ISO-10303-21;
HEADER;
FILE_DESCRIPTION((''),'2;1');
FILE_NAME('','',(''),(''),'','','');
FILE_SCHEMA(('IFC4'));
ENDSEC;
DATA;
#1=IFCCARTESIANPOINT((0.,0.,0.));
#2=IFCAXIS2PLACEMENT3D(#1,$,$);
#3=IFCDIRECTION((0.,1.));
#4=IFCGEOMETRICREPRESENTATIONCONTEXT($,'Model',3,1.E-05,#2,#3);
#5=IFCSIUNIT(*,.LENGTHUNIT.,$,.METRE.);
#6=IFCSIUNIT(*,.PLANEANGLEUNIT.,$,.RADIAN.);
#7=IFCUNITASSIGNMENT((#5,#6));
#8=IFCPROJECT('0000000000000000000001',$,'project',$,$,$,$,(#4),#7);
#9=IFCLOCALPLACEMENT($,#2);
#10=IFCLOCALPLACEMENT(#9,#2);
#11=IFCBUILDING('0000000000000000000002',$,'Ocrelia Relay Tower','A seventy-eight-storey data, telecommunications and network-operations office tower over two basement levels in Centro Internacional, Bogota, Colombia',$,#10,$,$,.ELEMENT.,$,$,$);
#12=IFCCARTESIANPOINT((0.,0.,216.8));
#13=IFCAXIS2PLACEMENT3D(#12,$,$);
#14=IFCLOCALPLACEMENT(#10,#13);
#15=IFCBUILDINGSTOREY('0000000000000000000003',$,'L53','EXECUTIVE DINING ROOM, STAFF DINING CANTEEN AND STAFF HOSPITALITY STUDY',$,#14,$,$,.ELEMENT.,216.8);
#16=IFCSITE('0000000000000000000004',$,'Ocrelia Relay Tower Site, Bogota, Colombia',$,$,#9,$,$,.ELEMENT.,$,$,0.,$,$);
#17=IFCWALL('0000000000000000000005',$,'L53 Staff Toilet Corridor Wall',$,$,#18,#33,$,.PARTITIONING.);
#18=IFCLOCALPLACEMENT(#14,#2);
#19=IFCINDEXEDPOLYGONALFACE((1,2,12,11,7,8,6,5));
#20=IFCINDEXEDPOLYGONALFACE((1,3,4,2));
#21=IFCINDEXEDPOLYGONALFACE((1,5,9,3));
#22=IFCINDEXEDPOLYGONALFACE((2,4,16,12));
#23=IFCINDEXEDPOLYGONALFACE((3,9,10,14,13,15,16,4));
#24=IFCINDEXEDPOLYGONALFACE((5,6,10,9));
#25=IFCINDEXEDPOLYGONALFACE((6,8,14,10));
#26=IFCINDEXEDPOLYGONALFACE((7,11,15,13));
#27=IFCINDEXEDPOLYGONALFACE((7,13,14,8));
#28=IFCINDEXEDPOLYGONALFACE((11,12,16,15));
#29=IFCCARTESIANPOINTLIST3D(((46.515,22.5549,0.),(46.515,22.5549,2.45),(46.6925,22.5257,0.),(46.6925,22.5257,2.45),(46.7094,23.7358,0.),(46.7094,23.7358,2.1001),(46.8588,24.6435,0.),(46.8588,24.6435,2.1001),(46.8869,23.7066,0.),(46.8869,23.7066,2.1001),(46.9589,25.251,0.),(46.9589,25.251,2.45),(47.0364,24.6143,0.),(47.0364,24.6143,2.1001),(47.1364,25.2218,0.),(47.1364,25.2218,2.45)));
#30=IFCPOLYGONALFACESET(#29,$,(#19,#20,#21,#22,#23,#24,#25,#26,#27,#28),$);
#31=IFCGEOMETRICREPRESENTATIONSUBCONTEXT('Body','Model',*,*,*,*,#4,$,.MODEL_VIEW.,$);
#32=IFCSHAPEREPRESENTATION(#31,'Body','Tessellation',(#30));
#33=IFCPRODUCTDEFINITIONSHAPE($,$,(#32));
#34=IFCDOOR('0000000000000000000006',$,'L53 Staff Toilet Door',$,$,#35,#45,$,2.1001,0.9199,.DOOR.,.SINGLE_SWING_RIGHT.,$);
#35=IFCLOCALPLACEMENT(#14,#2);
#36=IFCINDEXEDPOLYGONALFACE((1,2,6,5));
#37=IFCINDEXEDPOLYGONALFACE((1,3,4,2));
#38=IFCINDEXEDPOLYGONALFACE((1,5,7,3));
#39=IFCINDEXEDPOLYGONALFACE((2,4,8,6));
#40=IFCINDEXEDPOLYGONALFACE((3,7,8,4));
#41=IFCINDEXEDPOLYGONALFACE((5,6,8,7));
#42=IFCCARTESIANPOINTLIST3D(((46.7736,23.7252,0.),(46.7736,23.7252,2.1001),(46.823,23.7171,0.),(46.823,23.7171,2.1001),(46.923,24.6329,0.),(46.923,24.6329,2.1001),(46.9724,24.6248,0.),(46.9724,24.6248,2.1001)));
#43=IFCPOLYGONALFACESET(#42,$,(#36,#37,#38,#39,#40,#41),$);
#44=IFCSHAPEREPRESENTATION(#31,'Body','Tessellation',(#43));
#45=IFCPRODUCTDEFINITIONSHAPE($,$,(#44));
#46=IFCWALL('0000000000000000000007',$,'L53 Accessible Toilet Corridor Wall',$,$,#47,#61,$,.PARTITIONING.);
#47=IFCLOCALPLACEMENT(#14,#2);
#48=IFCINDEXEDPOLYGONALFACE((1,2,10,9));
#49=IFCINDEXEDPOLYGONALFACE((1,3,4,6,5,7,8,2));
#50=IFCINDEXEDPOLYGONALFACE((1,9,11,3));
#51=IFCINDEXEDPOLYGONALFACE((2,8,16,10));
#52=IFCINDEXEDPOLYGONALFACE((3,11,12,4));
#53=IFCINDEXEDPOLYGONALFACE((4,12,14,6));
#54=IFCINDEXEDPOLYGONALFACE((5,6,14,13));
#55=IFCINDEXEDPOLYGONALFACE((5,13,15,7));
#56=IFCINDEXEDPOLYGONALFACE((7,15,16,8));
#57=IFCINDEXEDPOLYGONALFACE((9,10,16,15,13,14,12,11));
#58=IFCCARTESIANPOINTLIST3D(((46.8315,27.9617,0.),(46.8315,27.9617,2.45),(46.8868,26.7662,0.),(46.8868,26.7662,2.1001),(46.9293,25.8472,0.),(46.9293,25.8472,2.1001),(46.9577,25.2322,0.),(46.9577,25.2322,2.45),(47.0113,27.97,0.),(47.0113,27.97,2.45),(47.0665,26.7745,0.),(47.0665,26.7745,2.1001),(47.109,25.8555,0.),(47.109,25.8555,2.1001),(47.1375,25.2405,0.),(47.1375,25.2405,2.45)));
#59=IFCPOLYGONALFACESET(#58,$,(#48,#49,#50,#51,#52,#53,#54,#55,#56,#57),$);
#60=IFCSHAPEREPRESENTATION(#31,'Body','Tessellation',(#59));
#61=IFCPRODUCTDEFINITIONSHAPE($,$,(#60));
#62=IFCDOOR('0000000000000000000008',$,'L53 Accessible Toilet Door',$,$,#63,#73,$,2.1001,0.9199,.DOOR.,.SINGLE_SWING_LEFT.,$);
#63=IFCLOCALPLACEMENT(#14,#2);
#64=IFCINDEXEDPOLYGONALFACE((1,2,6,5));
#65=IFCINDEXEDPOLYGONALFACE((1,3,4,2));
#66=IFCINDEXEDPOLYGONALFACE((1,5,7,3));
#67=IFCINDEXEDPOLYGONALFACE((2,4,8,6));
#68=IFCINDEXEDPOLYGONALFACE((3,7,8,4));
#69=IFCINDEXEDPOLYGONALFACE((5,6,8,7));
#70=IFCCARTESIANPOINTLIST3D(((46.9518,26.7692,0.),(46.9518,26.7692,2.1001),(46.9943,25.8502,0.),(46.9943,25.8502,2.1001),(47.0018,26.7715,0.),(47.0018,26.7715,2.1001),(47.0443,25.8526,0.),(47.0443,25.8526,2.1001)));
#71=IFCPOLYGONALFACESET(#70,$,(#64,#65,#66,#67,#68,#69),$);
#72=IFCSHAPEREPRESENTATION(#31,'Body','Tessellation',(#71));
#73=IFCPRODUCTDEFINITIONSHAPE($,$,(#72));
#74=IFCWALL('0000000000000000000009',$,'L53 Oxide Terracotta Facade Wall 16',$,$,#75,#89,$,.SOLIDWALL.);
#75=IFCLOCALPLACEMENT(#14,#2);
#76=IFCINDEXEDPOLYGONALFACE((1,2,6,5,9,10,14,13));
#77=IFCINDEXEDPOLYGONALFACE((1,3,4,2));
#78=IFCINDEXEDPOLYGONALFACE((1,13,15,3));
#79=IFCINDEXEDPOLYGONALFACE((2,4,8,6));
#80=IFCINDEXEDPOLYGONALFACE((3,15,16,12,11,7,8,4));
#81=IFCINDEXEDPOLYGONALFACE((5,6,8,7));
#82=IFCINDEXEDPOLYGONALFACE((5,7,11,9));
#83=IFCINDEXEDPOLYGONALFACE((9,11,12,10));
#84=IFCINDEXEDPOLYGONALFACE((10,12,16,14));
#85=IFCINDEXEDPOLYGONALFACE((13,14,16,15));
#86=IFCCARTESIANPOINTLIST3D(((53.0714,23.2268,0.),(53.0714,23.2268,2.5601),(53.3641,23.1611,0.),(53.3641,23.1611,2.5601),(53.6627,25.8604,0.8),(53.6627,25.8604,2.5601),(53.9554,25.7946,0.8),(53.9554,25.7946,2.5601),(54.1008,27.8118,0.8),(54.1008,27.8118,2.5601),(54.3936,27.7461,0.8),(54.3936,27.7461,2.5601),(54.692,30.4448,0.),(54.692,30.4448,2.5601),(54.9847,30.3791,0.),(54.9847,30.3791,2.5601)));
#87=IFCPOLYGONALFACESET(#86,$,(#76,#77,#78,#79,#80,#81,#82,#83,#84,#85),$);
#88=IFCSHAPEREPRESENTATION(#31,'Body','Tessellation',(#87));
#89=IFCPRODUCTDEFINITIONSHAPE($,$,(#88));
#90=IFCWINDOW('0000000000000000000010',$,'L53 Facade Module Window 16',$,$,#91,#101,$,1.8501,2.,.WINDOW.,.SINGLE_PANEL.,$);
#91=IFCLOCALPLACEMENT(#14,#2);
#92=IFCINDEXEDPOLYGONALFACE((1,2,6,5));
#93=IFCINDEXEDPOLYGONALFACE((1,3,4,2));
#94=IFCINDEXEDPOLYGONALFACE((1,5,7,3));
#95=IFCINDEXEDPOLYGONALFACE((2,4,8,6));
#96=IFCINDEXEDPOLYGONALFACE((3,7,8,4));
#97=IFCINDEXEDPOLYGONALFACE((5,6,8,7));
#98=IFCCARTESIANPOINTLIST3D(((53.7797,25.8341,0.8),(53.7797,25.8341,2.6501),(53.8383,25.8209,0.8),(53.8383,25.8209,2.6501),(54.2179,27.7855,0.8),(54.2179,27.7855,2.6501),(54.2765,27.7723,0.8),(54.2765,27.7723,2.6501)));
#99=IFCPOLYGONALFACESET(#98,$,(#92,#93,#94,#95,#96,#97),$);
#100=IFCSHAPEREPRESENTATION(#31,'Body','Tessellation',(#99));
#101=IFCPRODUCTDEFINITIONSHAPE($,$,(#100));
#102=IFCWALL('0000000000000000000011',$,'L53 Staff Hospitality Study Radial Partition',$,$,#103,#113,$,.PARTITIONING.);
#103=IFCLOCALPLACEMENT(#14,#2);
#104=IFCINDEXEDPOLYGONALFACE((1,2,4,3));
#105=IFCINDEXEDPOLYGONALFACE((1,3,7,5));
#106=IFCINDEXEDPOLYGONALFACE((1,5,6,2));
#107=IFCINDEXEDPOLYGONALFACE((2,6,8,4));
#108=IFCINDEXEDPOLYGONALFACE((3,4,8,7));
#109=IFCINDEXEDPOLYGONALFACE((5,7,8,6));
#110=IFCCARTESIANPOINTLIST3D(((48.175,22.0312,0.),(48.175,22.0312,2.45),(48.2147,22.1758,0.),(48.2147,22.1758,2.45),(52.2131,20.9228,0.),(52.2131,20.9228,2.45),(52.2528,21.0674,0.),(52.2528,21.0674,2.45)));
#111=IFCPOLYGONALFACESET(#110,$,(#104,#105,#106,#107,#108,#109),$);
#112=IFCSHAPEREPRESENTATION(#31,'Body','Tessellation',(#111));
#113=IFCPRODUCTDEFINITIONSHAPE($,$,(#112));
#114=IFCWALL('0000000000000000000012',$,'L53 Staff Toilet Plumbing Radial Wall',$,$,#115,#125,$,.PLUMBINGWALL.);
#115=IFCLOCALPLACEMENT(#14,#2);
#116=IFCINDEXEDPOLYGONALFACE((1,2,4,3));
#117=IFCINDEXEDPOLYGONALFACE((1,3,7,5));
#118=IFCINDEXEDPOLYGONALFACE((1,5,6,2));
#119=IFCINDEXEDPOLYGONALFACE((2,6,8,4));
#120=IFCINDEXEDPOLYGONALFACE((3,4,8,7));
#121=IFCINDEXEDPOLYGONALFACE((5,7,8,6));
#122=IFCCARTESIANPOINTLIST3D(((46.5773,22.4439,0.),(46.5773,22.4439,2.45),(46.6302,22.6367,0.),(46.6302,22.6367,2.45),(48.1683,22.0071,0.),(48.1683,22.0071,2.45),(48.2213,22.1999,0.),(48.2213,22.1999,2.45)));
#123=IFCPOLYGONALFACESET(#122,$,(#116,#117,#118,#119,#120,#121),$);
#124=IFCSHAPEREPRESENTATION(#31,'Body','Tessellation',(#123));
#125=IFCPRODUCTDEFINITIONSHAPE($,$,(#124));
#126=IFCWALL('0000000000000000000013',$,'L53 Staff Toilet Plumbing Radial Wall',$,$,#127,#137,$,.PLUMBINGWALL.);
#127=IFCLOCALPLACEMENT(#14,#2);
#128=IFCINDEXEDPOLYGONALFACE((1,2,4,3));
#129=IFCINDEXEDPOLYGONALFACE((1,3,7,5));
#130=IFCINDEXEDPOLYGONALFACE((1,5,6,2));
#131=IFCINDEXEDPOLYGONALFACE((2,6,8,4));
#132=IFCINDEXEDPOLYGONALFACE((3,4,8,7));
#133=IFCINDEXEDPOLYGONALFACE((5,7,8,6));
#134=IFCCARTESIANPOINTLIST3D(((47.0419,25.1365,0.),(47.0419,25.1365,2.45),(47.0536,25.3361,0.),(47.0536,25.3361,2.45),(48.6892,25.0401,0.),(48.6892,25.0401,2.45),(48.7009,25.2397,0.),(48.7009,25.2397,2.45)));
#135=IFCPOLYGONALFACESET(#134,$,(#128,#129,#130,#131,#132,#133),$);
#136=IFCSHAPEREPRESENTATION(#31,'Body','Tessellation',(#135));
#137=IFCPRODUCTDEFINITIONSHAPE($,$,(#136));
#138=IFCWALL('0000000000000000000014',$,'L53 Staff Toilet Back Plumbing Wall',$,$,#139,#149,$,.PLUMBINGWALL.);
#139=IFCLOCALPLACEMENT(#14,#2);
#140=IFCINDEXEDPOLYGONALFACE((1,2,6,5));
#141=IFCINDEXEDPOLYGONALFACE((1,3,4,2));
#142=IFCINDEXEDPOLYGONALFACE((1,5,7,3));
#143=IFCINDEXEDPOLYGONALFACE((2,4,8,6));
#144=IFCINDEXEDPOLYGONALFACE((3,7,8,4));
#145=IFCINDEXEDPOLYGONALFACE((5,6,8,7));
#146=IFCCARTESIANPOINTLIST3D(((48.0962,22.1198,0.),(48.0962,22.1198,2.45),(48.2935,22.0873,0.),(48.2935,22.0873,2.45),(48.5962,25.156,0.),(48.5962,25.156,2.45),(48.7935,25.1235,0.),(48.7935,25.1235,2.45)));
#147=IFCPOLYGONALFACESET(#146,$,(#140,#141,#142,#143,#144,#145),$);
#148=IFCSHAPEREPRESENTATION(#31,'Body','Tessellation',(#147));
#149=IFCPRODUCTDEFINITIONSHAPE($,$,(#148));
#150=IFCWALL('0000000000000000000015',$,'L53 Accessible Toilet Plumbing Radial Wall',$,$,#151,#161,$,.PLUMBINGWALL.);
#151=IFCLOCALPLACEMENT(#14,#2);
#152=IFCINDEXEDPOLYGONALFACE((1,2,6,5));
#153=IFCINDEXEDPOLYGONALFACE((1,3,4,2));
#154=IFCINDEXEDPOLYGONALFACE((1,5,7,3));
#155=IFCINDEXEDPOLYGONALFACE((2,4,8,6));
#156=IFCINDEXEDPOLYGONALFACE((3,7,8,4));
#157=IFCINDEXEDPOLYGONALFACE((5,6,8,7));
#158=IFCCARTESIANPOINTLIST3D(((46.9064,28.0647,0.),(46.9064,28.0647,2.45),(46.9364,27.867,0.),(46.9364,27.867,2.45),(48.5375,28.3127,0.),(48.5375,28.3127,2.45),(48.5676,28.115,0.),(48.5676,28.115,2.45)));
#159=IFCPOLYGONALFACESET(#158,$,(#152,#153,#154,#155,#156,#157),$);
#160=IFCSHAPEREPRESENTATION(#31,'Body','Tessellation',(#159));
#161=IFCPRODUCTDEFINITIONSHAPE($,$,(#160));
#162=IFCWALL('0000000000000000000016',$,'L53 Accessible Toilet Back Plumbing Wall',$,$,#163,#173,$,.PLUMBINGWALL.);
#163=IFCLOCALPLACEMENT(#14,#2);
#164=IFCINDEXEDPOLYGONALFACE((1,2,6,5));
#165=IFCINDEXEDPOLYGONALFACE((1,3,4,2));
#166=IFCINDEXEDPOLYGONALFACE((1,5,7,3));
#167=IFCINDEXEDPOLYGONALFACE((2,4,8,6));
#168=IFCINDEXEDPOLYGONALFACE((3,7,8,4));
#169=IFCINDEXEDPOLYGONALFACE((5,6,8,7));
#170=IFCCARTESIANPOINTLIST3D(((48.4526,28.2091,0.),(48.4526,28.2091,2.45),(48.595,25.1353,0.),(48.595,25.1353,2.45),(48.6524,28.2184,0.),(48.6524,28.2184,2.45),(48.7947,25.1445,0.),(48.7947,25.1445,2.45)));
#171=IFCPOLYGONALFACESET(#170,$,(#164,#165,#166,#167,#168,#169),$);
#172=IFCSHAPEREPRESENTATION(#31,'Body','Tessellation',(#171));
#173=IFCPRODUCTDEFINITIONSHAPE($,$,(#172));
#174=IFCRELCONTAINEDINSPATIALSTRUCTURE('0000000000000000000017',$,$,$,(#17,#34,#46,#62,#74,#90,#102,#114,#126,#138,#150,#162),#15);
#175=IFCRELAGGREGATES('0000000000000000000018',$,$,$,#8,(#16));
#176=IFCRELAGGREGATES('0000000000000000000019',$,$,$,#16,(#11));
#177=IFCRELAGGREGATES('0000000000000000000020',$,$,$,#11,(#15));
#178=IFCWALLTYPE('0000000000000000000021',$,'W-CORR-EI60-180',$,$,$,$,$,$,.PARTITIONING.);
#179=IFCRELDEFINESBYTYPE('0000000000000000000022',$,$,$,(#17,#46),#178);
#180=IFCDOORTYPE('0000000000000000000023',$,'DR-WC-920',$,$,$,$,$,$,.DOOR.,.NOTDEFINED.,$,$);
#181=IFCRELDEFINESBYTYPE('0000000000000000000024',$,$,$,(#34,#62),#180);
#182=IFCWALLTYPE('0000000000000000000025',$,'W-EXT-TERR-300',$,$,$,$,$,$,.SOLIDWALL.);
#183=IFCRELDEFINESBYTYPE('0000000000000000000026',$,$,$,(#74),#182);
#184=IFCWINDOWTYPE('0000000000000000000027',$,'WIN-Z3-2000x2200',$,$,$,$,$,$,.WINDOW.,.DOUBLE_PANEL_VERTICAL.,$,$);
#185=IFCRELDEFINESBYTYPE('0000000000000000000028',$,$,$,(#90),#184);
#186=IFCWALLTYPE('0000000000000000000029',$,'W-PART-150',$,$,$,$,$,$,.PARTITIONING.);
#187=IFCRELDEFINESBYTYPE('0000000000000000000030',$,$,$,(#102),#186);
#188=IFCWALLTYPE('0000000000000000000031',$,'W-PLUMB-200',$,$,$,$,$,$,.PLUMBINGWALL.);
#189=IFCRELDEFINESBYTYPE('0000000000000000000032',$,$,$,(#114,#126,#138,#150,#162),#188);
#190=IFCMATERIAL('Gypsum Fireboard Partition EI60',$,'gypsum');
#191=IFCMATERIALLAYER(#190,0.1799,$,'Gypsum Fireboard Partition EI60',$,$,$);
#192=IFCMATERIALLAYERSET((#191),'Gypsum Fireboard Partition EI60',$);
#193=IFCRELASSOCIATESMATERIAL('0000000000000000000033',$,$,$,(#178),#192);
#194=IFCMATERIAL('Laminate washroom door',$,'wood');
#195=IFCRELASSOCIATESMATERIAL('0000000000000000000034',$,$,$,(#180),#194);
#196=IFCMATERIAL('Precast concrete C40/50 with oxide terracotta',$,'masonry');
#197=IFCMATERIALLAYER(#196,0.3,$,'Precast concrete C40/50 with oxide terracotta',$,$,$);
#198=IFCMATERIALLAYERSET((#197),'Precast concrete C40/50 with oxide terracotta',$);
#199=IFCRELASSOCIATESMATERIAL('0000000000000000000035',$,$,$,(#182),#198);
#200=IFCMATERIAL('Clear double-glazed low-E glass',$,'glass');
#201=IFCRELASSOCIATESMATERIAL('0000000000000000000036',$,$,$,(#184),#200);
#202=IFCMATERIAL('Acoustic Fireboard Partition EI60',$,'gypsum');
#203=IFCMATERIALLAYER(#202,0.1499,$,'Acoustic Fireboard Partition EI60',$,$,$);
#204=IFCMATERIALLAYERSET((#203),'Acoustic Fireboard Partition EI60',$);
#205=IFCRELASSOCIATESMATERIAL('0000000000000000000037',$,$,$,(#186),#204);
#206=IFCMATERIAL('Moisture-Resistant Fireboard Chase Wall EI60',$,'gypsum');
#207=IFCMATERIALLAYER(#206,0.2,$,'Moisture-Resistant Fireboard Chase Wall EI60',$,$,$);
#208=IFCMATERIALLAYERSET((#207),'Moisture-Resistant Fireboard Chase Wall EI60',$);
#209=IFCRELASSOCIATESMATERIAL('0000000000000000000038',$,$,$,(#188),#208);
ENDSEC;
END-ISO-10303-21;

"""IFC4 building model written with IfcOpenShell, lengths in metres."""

from ifc_helpers import new_model, si_unit, direction, frame, frame_2d, origin, place, context, subcontext, project, spatial, rectangle, extrude, material, layer, layer_set, type_object, element, fill, save


model = new_model("IFC4")

# Units and contexts
model_context = context("Model", 3, precision=1e-05, world=origin(), true_north=direction((0.0, 1.0)))
body_context = subcontext(model_context, "Body", "Model", "MODEL_VIEW")
ifc_project = project(units=[si_unit("LENGTHUNIT", "METRE"), si_unit("PLANEANGLEUNIT", "RADIAN")], contexts=[model_context])

# Site, building, storey
site_placement = place(None, origin())
site = spatial("IfcSite", under=ifc_project, at=site_placement, Name="Ocrelia Relay Tower Site, Bogota, Colombia", CompositionType="ELEMENT", RefElevation=0.0)
building_placement = place(site_placement, origin())
building = spatial("IfcBuilding", under=site, at=building_placement, Name="Ocrelia Relay Tower", Description="A seventy-eight-storey data, telecommunications and network-operations office tower over two basement levels in Centro Internacional, Bogota, Colombia", CompositionType="ELEMENT")
storey_placement = place(building_placement, frame((0.0, 0.0, 216.8)))
storey = spatial("IfcBuildingStorey", under=building, at=storey_placement, Name="L53", Description="EXECUTIVE DINING ROOM, STAFF DINING CANTEEN AND STAFF HOSPITALITY STUDY", CompositionType="ELEMENT", Elevation=216.8)

# Walls, openings, doors
ifc_material_1 = material(Name="Gypsum Fireboard Partition EI60", Category="gypsum")
ifc_layer_1 = layer(ifc_material_1, 0.1799, Name="Gypsum Fireboard Partition EI60")
ifc_layer_set_1 = layer_set([ifc_layer_1], Name="Gypsum Fireboard Partition EI60")
wall_type_1 = type_object("IfcWallType", Name="W-CORR-EI60-180", PredefinedType="PARTITIONING", material=ifc_layer_set_1)
wall_1_placement = place(storey_placement, frame((46.6038, 22.5403, 0.0), z_axis=(0.0, 0.0, 1.0), x_axis=(0.162443, 0.986718, 0.0)))
wall_1 = element("IfcWall", 1, at=wall_1_placement, inside=storey, type_object=wall_type_1, Name="L53 Staff Toilet Corridor Wall", PredefinedType="PARTITIONING", context=body_context, shape_type="SweptSolid", body=[
    extrude(rectangle(XDim=2.7324, YDim=0.1799, at=frame_2d((1.3662, 0.0))), origin(), (0.0, 0.0, 1.0), 2.45),
])
opening_1_placement = place(wall_1_placement, frame((1.1968, 0.0, 0.0)))
opening_1 = element("IfcOpeningElement", 2, at=opening_1_placement, cuts=wall_1, PredefinedType="OPENING", context=body_context, shape_type="SweptSolid", body=[
    extrude(rectangle(XDim=0.9199, YDim=2.1001, at=frame_2d((0.46, 1.05))), frame((0.0, 0.1001, 0.0), z_axis=(0.0, -1.0, 0.0), x_axis=(1.0, 0.0, 0.0)), (0.0, 0.0, 1.0), 0.2),
])
ifc_material_2 = material(Name="Laminate washroom door", Category="wood")
door_type_1 = type_object("IfcDoorType", Name="DR-WC-920", OperationType="NOTDEFINED", PredefinedType="DOOR", material=ifc_material_2)
door_1_placement = place(opening_1_placement, origin())
door_1 = element("IfcDoor", 3, at=door_1_placement, inside=storey, type_object=door_type_1, Name="L53 Staff Toilet Door", OperationType="SINGLE_SWING_RIGHT", OverallHeight=2.1001, OverallWidth=0.9199, PredefinedType="DOOR", context=body_context, shape_type="SweptSolid", body=[
    extrude(rectangle(XDim=0.9199, YDim=2.1001, at=frame_2d((0.46, 1.05))), frame((0.0, 0.0249, 0.0), z_axis=(0.0, -1.0, 0.0), x_axis=(1.0, 0.0, 0.0)), (0.0, 0.0, 1.0), 0.05),
])
fill(opening_1, door_1)
wall_2_placement = place(storey_placement, frame((47.0476, 25.2363, 0.0), z_axis=(0.0, 0.0, 1.0), x_axis=(-0.046194, 0.998932, 0.0)))
wall_2 = element("IfcWall", 4, at=wall_2_placement, inside=storey, type_object=wall_type_1, Name="L53 Accessible Toilet Corridor Wall", PredefinedType="PARTITIONING", context=body_context, shape_type="SweptSolid", body=[
    extrude(rectangle(XDim=2.7324, YDim=0.1799, at=frame_2d((1.3662, 0.0))), origin(), (0.0, 0.0, 1.0), 2.45),
])
opening_2_placement = place(wall_2_placement, frame((0.6157, 0.0, 0.0)))
opening_2 = element("IfcOpeningElement", 5, at=opening_2_placement, cuts=wall_2, PredefinedType="OPENING", context=body_context, shape_type="SweptSolid", body=[
    extrude(rectangle(XDim=0.9199, YDim=2.1001, at=frame_2d((0.46, 1.05))), frame((0.0, 0.1001, 0.0), z_axis=(0.0, -1.0, 0.0), x_axis=(1.0, 0.0, 0.0)), (0.0, 0.0, 1.0), 0.2),
])
door_2_placement = place(opening_2_placement, origin())
door_2 = element("IfcDoor", 6, at=door_2_placement, inside=storey, type_object=door_type_1, Name="L53 Accessible Toilet Door", OperationType="SINGLE_SWING_LEFT", OverallHeight=2.1001, OverallWidth=0.9199, PredefinedType="DOOR", context=body_context, shape_type="SweptSolid", body=[
    extrude(rectangle(XDim=0.9199, YDim=2.1001, at=frame_2d((0.46, 1.05))), frame((0.0, 0.0249, 0.0), z_axis=(0.0, -1.0, 0.0), x_axis=(1.0, 0.0, 0.0)), (0.0, 0.0, 1.0), 0.05),
])
fill(opening_2, door_2)

# Wall, opening, window
ifc_material_3 = material(Name="Precast concrete C40/50 with oxide terracotta", Category="masonry")
ifc_layer_2 = layer(ifc_material_3, 0.3, Name="Precast concrete C40/50 with oxide terracotta")
ifc_layer_set_2 = layer_set([ifc_layer_2], Name="Precast concrete C40/50 with oxide terracotta")
wall_type_2 = type_object("IfcWallType", Name="W-EXT-TERR-300", PredefinedType="SOLIDWALL", material=ifc_layer_set_2)
wall_3_placement = place(storey_placement, frame((53.2178, 23.1941, 0.0), z_axis=(0.0, 0.0, 1.0), x_axis=(0.219068, 0.975709, 0.0)))
wall_3 = element("IfcWall", 7, at=wall_3_placement, inside=storey, type_object=wall_type_2, Name="L53 Oxide Terracotta Facade Wall 16", PredefinedType="SOLIDWALL", context=body_context, shape_type="SweptSolid", body=[
    extrude(rectangle(XDim=7.3977, YDim=0.3, at=frame_2d((3.6987, 0.0))), origin(), (0.0, 0.0, 1.0), 2.5601),
])
opening_3_placement = place(wall_3_placement, frame((2.699, 0.0, 0.8)))
opening_3 = element("IfcOpeningElement", 8, at=opening_3_placement, cuts=wall_3, PredefinedType="OPENING", context=body_context, shape_type="SweptSolid", body=[
    extrude(rectangle(XDim=2.0, YDim=1.8501, at=frame_2d((1.0, 0.925))), frame((0.0, 0.1602, 0.0), z_axis=(0.0, -1.0, 0.0), x_axis=(1.0, 0.0, 0.0)), (0.0, 0.0, 1.0), 0.3201),
])
ifc_material_4 = material(Name="Clear double-glazed low-E glass", Category="glass")
window_type = type_object("IfcWindowType", Name="WIN-Z3-2000x2200", PartitioningType="DOUBLE_PANEL_VERTICAL", PredefinedType="WINDOW", material=ifc_material_4)
window_placement = place(opening_3_placement, origin())
window = element("IfcWindow", 9, at=window_placement, inside=storey, type_object=window_type, Name="L53 Facade Module Window 16", OverallHeight=1.8501, OverallWidth=2.0, PartitioningType="SINGLE_PANEL", PredefinedType="WINDOW", context=body_context, shape_type="SweptSolid", body=[
    extrude(rectangle(XDim=2.0, YDim=1.8501, at=frame_2d((1.0, 0.925))), frame((0.0, 0.03, 0.0), z_axis=(0.0, -1.0, 0.0), x_axis=(1.0, 0.0, 0.0)), (0.0, 0.0, 1.0), 0.0601),
])
fill(opening_3, window)

# Walls
ifc_material_5 = material(Name="Acoustic Fireboard Partition EI60", Category="gypsum")
ifc_layer_3 = layer(ifc_material_5, 0.1499, Name="Acoustic Fireboard Partition EI60")
ifc_layer_set_3 = layer_set([ifc_layer_3], Name="Acoustic Fireboard Partition EI60")
wall_type_3 = type_object("IfcWallType", Name="W-PART-150", PredefinedType="PARTITIONING", material=ifc_layer_set_3)
wall_4_placement = place(storey_placement, frame((48.1948, 22.1035, 0.0), z_axis=(0.0, 0.0, 1.0), x_axis=(0.964332, -0.264696, 0.0)))
element("IfcWall", 10, at=wall_4_placement, inside=storey, type_object=wall_type_3, Name="L53 Staff Hospitality Study Radial Partition", PredefinedType="PARTITIONING", context=body_context, shape_type="SweptSolid", body=[
    extrude(rectangle(XDim=4.1875, YDim=0.1499, at=frame_2d((2.0938, 0.0))), origin(), (0.0, 0.0, 1.0), 2.45),
])
ifc_material_6 = material(Name="Moisture-Resistant Fireboard Chase Wall EI60", Category="gypsum")
ifc_layer_4 = layer(ifc_material_6, 0.2, Name="Moisture-Resistant Fireboard Chase Wall EI60")
ifc_layer_set_4 = layer_set([ifc_layer_4], Name="Moisture-Resistant Fireboard Chase Wall EI60")
wall_type_4 = type_object("IfcWallType", Name="W-PLUMB-200", PredefinedType="PLUMBINGWALL", material=ifc_layer_set_4)
wall_5_placement = place(storey_placement, frame((46.6038, 22.5403, 0.0), z_axis=(0.0, 0.0, 1.0), x_axis=(0.964325, -0.26472, 0.0)))
element("IfcWall", 11, at=wall_5_placement, inside=storey, type_object=wall_type_4, Name="L53 Staff Toilet Plumbing Radial Wall", PredefinedType="PLUMBINGWALL", context=body_context, shape_type="SweptSolid", body=[
    extrude(rectangle(XDim=1.6499, YDim=0.2, at=frame_2d((0.825, 0.0))), origin(), (0.0, 0.0, 1.0), 2.45),
])
wall_6_placement = place(storey_placement, frame((47.0476, 25.2363, 0.0), z_axis=(0.0, 0.0, 1.0), x_axis=(0.998291, -0.058444, 0.0)))
element("IfcWall", 12, at=wall_6_placement, inside=storey, type_object=wall_type_4, Name="L53 Staff Toilet Plumbing Radial Wall", PredefinedType="PLUMBINGWALL", context=body_context, shape_type="SweptSolid", body=[
    extrude(rectangle(XDim=1.6501, YDim=0.2, at=frame_2d((0.8252, 0.0))), origin(), (0.0, 0.0, 1.0), 2.45),
])
wall_7_placement = place(storey_placement, frame((48.1948, 22.1035, 0.0), z_axis=(0.0, 0.0, 1.0), x_axis=(0.162482, 0.986712, 0.0)))
element("IfcWall", 13, at=wall_7_placement, inside=storey, type_object=wall_type_4, Name="L53 Staff Toilet Back Plumbing Wall", PredefinedType="PLUMBINGWALL", context=body_context, shape_type="SweptSolid", body=[
    extrude(rectangle(XDim=3.0771, YDim=0.2, at=frame_2d((1.5386, 0.0))), origin(), (0.0, 0.0, 1.0), 2.45),
])
wall_8_placement = place(storey_placement, frame((46.9214, 27.9658, 0.0), z_axis=(0.0, 0.0, 1.0), x_axis=(0.988634, 0.150345, 0.0)))
element("IfcWall", 14, at=wall_8_placement, inside=storey, type_object=wall_type_4, Name="L53 Accessible Toilet Plumbing Radial Wall", PredefinedType="PLUMBINGWALL", context=body_context, shape_type="SweptSolid", body=[
    extrude(rectangle(XDim=1.6499, YDim=0.2, at=frame_2d((0.825, 0.0))), origin(), (0.0, 0.0, 1.0), 2.45),
])
wall_9_placement = place(storey_placement, frame((48.6948, 25.1399, 0.0), z_axis=(0.0, 0.0, 1.0), x_axis=(-0.046253, 0.99893, 0.0)))
element("IfcWall", 15, at=wall_9_placement, inside=storey, type_object=wall_type_4, Name="L53 Accessible Toilet Back Plumbing Wall", PredefinedType="PLUMBINGWALL", context=body_context, shape_type="SweptSolid", body=[
    extrude(rectangle(XDim=3.0771, YDim=0.2, at=frame_2d((1.5386, 0.0))), origin(), (0.0, 0.0, 1.0), 2.45),
])

save(model, "model.ifc")
